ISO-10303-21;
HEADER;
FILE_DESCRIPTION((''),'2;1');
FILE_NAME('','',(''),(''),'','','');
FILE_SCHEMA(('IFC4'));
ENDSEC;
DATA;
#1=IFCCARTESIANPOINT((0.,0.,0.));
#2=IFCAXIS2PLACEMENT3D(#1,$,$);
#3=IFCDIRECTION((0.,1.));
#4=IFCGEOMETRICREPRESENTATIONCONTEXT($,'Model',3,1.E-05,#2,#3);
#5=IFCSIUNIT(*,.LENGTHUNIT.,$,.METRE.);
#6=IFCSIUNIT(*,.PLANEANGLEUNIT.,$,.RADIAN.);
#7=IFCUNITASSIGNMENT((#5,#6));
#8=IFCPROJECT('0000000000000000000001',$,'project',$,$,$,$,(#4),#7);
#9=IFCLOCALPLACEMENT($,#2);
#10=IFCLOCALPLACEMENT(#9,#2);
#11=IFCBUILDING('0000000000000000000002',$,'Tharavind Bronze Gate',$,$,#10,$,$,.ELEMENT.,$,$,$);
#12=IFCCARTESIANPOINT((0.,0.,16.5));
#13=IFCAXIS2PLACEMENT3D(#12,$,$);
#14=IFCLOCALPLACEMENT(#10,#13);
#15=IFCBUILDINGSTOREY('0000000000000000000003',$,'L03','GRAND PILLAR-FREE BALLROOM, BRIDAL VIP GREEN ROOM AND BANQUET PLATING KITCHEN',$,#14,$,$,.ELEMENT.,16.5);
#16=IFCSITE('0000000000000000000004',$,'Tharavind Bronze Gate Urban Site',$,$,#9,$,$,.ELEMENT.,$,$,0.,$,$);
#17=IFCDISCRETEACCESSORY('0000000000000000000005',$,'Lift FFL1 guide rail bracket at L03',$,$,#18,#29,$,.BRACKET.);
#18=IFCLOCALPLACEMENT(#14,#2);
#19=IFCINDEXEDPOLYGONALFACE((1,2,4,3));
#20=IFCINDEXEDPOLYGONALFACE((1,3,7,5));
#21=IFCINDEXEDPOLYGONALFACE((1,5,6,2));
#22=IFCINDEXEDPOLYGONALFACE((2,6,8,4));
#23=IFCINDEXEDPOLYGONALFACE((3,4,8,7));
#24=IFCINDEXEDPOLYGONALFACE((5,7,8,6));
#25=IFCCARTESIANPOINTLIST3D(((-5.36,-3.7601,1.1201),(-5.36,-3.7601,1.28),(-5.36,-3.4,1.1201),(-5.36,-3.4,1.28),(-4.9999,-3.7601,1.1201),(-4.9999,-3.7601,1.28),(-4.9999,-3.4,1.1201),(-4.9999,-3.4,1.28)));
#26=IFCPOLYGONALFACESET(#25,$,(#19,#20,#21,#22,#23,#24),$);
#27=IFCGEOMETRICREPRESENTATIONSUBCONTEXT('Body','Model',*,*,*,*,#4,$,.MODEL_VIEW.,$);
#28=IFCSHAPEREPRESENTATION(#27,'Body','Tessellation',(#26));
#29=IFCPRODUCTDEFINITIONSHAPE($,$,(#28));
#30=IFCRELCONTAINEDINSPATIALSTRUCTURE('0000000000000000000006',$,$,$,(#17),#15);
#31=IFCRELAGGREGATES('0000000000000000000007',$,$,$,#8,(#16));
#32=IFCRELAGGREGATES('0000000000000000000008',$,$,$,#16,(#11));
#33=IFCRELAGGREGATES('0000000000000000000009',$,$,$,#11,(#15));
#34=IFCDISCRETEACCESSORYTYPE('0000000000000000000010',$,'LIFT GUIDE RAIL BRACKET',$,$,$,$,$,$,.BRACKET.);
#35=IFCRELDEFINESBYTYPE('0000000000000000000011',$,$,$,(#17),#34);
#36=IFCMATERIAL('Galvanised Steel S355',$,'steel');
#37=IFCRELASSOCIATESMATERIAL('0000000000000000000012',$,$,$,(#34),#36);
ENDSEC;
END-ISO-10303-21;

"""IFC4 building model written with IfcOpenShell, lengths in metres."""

from ifc_helpers import new_model, si_unit, direction, frame, origin, origin_2d, place, context, subcontext, project, spatial, rectangle, extrude, material, type_object, element, save


model = new_model("IFC4")

# Units and contexts
model_context = context("Model", 3, precision=1e-05, world=origin(), true_north=direction((0.0, 1.0)))
body_context = subcontext(model_context, "Body", "Model", "MODEL_VIEW")
ifc_project = project(units=[si_unit("LENGTHUNIT", "METRE"), si_unit("PLANEANGLEUNIT", "RADIAN")], contexts=[model_context])

# Site, building, storey
site_placement = place(None, origin())
site = spatial("IfcSite", under=ifc_project, at=site_placement, Name="Tharavind Bronze Gate Urban Site", CompositionType="ELEMENT", RefElevation=0.0)
building_placement = place(site_placement, origin())
building = spatial("IfcBuilding", under=site, at=building_placement, Name="Tharavind Bronze Gate", CompositionType="ELEMENT")
storey_placement = place(building_placement, frame((0.0, 0.0, 16.5)))
storey = spatial("IfcBuildingStorey", under=building, at=storey_placement, Name="L03", Description="GRAND PILLAR-FREE BALLROOM, BRIDAL VIP GREEN ROOM AND BANQUET PLATING KITCHEN", CompositionType="ELEMENT", Elevation=16.5)

# Discrete accessory
ifc_material_1 = material(Name="Galvanised Steel S355", Category="steel")
discrete_accessory_type = type_object("IfcDiscreteAccessoryType", Name="LIFT GUIDE RAIL BRACKET", PredefinedType="BRACKET", material=ifc_material_1)
for number, where, z_axis, x_axis, name in (
    (1, (-5.1799, -3.5801, 1.1201), (0.0, 0.0, 1.0), (1.0, 0.0, 0.0), "Lift FFL1 guide rail bracket at L03"),
):
    element("IfcDiscreteAccessory", number, at=place(storey_placement, frame(where, z_axis=z_axis, x_axis=x_axis)), inside=storey, type_object=discrete_accessory_type, Name=name, PredefinedType="BRACKET", context=body_context, shape_type="SweptSolid", body=[
        extrude(rectangle(XDim=0.3601, YDim=0.3601, at=origin_2d()), origin(), (0.0, 0.0, 1.0), 0.1599),
    ])

save(model, "model.ifc")
